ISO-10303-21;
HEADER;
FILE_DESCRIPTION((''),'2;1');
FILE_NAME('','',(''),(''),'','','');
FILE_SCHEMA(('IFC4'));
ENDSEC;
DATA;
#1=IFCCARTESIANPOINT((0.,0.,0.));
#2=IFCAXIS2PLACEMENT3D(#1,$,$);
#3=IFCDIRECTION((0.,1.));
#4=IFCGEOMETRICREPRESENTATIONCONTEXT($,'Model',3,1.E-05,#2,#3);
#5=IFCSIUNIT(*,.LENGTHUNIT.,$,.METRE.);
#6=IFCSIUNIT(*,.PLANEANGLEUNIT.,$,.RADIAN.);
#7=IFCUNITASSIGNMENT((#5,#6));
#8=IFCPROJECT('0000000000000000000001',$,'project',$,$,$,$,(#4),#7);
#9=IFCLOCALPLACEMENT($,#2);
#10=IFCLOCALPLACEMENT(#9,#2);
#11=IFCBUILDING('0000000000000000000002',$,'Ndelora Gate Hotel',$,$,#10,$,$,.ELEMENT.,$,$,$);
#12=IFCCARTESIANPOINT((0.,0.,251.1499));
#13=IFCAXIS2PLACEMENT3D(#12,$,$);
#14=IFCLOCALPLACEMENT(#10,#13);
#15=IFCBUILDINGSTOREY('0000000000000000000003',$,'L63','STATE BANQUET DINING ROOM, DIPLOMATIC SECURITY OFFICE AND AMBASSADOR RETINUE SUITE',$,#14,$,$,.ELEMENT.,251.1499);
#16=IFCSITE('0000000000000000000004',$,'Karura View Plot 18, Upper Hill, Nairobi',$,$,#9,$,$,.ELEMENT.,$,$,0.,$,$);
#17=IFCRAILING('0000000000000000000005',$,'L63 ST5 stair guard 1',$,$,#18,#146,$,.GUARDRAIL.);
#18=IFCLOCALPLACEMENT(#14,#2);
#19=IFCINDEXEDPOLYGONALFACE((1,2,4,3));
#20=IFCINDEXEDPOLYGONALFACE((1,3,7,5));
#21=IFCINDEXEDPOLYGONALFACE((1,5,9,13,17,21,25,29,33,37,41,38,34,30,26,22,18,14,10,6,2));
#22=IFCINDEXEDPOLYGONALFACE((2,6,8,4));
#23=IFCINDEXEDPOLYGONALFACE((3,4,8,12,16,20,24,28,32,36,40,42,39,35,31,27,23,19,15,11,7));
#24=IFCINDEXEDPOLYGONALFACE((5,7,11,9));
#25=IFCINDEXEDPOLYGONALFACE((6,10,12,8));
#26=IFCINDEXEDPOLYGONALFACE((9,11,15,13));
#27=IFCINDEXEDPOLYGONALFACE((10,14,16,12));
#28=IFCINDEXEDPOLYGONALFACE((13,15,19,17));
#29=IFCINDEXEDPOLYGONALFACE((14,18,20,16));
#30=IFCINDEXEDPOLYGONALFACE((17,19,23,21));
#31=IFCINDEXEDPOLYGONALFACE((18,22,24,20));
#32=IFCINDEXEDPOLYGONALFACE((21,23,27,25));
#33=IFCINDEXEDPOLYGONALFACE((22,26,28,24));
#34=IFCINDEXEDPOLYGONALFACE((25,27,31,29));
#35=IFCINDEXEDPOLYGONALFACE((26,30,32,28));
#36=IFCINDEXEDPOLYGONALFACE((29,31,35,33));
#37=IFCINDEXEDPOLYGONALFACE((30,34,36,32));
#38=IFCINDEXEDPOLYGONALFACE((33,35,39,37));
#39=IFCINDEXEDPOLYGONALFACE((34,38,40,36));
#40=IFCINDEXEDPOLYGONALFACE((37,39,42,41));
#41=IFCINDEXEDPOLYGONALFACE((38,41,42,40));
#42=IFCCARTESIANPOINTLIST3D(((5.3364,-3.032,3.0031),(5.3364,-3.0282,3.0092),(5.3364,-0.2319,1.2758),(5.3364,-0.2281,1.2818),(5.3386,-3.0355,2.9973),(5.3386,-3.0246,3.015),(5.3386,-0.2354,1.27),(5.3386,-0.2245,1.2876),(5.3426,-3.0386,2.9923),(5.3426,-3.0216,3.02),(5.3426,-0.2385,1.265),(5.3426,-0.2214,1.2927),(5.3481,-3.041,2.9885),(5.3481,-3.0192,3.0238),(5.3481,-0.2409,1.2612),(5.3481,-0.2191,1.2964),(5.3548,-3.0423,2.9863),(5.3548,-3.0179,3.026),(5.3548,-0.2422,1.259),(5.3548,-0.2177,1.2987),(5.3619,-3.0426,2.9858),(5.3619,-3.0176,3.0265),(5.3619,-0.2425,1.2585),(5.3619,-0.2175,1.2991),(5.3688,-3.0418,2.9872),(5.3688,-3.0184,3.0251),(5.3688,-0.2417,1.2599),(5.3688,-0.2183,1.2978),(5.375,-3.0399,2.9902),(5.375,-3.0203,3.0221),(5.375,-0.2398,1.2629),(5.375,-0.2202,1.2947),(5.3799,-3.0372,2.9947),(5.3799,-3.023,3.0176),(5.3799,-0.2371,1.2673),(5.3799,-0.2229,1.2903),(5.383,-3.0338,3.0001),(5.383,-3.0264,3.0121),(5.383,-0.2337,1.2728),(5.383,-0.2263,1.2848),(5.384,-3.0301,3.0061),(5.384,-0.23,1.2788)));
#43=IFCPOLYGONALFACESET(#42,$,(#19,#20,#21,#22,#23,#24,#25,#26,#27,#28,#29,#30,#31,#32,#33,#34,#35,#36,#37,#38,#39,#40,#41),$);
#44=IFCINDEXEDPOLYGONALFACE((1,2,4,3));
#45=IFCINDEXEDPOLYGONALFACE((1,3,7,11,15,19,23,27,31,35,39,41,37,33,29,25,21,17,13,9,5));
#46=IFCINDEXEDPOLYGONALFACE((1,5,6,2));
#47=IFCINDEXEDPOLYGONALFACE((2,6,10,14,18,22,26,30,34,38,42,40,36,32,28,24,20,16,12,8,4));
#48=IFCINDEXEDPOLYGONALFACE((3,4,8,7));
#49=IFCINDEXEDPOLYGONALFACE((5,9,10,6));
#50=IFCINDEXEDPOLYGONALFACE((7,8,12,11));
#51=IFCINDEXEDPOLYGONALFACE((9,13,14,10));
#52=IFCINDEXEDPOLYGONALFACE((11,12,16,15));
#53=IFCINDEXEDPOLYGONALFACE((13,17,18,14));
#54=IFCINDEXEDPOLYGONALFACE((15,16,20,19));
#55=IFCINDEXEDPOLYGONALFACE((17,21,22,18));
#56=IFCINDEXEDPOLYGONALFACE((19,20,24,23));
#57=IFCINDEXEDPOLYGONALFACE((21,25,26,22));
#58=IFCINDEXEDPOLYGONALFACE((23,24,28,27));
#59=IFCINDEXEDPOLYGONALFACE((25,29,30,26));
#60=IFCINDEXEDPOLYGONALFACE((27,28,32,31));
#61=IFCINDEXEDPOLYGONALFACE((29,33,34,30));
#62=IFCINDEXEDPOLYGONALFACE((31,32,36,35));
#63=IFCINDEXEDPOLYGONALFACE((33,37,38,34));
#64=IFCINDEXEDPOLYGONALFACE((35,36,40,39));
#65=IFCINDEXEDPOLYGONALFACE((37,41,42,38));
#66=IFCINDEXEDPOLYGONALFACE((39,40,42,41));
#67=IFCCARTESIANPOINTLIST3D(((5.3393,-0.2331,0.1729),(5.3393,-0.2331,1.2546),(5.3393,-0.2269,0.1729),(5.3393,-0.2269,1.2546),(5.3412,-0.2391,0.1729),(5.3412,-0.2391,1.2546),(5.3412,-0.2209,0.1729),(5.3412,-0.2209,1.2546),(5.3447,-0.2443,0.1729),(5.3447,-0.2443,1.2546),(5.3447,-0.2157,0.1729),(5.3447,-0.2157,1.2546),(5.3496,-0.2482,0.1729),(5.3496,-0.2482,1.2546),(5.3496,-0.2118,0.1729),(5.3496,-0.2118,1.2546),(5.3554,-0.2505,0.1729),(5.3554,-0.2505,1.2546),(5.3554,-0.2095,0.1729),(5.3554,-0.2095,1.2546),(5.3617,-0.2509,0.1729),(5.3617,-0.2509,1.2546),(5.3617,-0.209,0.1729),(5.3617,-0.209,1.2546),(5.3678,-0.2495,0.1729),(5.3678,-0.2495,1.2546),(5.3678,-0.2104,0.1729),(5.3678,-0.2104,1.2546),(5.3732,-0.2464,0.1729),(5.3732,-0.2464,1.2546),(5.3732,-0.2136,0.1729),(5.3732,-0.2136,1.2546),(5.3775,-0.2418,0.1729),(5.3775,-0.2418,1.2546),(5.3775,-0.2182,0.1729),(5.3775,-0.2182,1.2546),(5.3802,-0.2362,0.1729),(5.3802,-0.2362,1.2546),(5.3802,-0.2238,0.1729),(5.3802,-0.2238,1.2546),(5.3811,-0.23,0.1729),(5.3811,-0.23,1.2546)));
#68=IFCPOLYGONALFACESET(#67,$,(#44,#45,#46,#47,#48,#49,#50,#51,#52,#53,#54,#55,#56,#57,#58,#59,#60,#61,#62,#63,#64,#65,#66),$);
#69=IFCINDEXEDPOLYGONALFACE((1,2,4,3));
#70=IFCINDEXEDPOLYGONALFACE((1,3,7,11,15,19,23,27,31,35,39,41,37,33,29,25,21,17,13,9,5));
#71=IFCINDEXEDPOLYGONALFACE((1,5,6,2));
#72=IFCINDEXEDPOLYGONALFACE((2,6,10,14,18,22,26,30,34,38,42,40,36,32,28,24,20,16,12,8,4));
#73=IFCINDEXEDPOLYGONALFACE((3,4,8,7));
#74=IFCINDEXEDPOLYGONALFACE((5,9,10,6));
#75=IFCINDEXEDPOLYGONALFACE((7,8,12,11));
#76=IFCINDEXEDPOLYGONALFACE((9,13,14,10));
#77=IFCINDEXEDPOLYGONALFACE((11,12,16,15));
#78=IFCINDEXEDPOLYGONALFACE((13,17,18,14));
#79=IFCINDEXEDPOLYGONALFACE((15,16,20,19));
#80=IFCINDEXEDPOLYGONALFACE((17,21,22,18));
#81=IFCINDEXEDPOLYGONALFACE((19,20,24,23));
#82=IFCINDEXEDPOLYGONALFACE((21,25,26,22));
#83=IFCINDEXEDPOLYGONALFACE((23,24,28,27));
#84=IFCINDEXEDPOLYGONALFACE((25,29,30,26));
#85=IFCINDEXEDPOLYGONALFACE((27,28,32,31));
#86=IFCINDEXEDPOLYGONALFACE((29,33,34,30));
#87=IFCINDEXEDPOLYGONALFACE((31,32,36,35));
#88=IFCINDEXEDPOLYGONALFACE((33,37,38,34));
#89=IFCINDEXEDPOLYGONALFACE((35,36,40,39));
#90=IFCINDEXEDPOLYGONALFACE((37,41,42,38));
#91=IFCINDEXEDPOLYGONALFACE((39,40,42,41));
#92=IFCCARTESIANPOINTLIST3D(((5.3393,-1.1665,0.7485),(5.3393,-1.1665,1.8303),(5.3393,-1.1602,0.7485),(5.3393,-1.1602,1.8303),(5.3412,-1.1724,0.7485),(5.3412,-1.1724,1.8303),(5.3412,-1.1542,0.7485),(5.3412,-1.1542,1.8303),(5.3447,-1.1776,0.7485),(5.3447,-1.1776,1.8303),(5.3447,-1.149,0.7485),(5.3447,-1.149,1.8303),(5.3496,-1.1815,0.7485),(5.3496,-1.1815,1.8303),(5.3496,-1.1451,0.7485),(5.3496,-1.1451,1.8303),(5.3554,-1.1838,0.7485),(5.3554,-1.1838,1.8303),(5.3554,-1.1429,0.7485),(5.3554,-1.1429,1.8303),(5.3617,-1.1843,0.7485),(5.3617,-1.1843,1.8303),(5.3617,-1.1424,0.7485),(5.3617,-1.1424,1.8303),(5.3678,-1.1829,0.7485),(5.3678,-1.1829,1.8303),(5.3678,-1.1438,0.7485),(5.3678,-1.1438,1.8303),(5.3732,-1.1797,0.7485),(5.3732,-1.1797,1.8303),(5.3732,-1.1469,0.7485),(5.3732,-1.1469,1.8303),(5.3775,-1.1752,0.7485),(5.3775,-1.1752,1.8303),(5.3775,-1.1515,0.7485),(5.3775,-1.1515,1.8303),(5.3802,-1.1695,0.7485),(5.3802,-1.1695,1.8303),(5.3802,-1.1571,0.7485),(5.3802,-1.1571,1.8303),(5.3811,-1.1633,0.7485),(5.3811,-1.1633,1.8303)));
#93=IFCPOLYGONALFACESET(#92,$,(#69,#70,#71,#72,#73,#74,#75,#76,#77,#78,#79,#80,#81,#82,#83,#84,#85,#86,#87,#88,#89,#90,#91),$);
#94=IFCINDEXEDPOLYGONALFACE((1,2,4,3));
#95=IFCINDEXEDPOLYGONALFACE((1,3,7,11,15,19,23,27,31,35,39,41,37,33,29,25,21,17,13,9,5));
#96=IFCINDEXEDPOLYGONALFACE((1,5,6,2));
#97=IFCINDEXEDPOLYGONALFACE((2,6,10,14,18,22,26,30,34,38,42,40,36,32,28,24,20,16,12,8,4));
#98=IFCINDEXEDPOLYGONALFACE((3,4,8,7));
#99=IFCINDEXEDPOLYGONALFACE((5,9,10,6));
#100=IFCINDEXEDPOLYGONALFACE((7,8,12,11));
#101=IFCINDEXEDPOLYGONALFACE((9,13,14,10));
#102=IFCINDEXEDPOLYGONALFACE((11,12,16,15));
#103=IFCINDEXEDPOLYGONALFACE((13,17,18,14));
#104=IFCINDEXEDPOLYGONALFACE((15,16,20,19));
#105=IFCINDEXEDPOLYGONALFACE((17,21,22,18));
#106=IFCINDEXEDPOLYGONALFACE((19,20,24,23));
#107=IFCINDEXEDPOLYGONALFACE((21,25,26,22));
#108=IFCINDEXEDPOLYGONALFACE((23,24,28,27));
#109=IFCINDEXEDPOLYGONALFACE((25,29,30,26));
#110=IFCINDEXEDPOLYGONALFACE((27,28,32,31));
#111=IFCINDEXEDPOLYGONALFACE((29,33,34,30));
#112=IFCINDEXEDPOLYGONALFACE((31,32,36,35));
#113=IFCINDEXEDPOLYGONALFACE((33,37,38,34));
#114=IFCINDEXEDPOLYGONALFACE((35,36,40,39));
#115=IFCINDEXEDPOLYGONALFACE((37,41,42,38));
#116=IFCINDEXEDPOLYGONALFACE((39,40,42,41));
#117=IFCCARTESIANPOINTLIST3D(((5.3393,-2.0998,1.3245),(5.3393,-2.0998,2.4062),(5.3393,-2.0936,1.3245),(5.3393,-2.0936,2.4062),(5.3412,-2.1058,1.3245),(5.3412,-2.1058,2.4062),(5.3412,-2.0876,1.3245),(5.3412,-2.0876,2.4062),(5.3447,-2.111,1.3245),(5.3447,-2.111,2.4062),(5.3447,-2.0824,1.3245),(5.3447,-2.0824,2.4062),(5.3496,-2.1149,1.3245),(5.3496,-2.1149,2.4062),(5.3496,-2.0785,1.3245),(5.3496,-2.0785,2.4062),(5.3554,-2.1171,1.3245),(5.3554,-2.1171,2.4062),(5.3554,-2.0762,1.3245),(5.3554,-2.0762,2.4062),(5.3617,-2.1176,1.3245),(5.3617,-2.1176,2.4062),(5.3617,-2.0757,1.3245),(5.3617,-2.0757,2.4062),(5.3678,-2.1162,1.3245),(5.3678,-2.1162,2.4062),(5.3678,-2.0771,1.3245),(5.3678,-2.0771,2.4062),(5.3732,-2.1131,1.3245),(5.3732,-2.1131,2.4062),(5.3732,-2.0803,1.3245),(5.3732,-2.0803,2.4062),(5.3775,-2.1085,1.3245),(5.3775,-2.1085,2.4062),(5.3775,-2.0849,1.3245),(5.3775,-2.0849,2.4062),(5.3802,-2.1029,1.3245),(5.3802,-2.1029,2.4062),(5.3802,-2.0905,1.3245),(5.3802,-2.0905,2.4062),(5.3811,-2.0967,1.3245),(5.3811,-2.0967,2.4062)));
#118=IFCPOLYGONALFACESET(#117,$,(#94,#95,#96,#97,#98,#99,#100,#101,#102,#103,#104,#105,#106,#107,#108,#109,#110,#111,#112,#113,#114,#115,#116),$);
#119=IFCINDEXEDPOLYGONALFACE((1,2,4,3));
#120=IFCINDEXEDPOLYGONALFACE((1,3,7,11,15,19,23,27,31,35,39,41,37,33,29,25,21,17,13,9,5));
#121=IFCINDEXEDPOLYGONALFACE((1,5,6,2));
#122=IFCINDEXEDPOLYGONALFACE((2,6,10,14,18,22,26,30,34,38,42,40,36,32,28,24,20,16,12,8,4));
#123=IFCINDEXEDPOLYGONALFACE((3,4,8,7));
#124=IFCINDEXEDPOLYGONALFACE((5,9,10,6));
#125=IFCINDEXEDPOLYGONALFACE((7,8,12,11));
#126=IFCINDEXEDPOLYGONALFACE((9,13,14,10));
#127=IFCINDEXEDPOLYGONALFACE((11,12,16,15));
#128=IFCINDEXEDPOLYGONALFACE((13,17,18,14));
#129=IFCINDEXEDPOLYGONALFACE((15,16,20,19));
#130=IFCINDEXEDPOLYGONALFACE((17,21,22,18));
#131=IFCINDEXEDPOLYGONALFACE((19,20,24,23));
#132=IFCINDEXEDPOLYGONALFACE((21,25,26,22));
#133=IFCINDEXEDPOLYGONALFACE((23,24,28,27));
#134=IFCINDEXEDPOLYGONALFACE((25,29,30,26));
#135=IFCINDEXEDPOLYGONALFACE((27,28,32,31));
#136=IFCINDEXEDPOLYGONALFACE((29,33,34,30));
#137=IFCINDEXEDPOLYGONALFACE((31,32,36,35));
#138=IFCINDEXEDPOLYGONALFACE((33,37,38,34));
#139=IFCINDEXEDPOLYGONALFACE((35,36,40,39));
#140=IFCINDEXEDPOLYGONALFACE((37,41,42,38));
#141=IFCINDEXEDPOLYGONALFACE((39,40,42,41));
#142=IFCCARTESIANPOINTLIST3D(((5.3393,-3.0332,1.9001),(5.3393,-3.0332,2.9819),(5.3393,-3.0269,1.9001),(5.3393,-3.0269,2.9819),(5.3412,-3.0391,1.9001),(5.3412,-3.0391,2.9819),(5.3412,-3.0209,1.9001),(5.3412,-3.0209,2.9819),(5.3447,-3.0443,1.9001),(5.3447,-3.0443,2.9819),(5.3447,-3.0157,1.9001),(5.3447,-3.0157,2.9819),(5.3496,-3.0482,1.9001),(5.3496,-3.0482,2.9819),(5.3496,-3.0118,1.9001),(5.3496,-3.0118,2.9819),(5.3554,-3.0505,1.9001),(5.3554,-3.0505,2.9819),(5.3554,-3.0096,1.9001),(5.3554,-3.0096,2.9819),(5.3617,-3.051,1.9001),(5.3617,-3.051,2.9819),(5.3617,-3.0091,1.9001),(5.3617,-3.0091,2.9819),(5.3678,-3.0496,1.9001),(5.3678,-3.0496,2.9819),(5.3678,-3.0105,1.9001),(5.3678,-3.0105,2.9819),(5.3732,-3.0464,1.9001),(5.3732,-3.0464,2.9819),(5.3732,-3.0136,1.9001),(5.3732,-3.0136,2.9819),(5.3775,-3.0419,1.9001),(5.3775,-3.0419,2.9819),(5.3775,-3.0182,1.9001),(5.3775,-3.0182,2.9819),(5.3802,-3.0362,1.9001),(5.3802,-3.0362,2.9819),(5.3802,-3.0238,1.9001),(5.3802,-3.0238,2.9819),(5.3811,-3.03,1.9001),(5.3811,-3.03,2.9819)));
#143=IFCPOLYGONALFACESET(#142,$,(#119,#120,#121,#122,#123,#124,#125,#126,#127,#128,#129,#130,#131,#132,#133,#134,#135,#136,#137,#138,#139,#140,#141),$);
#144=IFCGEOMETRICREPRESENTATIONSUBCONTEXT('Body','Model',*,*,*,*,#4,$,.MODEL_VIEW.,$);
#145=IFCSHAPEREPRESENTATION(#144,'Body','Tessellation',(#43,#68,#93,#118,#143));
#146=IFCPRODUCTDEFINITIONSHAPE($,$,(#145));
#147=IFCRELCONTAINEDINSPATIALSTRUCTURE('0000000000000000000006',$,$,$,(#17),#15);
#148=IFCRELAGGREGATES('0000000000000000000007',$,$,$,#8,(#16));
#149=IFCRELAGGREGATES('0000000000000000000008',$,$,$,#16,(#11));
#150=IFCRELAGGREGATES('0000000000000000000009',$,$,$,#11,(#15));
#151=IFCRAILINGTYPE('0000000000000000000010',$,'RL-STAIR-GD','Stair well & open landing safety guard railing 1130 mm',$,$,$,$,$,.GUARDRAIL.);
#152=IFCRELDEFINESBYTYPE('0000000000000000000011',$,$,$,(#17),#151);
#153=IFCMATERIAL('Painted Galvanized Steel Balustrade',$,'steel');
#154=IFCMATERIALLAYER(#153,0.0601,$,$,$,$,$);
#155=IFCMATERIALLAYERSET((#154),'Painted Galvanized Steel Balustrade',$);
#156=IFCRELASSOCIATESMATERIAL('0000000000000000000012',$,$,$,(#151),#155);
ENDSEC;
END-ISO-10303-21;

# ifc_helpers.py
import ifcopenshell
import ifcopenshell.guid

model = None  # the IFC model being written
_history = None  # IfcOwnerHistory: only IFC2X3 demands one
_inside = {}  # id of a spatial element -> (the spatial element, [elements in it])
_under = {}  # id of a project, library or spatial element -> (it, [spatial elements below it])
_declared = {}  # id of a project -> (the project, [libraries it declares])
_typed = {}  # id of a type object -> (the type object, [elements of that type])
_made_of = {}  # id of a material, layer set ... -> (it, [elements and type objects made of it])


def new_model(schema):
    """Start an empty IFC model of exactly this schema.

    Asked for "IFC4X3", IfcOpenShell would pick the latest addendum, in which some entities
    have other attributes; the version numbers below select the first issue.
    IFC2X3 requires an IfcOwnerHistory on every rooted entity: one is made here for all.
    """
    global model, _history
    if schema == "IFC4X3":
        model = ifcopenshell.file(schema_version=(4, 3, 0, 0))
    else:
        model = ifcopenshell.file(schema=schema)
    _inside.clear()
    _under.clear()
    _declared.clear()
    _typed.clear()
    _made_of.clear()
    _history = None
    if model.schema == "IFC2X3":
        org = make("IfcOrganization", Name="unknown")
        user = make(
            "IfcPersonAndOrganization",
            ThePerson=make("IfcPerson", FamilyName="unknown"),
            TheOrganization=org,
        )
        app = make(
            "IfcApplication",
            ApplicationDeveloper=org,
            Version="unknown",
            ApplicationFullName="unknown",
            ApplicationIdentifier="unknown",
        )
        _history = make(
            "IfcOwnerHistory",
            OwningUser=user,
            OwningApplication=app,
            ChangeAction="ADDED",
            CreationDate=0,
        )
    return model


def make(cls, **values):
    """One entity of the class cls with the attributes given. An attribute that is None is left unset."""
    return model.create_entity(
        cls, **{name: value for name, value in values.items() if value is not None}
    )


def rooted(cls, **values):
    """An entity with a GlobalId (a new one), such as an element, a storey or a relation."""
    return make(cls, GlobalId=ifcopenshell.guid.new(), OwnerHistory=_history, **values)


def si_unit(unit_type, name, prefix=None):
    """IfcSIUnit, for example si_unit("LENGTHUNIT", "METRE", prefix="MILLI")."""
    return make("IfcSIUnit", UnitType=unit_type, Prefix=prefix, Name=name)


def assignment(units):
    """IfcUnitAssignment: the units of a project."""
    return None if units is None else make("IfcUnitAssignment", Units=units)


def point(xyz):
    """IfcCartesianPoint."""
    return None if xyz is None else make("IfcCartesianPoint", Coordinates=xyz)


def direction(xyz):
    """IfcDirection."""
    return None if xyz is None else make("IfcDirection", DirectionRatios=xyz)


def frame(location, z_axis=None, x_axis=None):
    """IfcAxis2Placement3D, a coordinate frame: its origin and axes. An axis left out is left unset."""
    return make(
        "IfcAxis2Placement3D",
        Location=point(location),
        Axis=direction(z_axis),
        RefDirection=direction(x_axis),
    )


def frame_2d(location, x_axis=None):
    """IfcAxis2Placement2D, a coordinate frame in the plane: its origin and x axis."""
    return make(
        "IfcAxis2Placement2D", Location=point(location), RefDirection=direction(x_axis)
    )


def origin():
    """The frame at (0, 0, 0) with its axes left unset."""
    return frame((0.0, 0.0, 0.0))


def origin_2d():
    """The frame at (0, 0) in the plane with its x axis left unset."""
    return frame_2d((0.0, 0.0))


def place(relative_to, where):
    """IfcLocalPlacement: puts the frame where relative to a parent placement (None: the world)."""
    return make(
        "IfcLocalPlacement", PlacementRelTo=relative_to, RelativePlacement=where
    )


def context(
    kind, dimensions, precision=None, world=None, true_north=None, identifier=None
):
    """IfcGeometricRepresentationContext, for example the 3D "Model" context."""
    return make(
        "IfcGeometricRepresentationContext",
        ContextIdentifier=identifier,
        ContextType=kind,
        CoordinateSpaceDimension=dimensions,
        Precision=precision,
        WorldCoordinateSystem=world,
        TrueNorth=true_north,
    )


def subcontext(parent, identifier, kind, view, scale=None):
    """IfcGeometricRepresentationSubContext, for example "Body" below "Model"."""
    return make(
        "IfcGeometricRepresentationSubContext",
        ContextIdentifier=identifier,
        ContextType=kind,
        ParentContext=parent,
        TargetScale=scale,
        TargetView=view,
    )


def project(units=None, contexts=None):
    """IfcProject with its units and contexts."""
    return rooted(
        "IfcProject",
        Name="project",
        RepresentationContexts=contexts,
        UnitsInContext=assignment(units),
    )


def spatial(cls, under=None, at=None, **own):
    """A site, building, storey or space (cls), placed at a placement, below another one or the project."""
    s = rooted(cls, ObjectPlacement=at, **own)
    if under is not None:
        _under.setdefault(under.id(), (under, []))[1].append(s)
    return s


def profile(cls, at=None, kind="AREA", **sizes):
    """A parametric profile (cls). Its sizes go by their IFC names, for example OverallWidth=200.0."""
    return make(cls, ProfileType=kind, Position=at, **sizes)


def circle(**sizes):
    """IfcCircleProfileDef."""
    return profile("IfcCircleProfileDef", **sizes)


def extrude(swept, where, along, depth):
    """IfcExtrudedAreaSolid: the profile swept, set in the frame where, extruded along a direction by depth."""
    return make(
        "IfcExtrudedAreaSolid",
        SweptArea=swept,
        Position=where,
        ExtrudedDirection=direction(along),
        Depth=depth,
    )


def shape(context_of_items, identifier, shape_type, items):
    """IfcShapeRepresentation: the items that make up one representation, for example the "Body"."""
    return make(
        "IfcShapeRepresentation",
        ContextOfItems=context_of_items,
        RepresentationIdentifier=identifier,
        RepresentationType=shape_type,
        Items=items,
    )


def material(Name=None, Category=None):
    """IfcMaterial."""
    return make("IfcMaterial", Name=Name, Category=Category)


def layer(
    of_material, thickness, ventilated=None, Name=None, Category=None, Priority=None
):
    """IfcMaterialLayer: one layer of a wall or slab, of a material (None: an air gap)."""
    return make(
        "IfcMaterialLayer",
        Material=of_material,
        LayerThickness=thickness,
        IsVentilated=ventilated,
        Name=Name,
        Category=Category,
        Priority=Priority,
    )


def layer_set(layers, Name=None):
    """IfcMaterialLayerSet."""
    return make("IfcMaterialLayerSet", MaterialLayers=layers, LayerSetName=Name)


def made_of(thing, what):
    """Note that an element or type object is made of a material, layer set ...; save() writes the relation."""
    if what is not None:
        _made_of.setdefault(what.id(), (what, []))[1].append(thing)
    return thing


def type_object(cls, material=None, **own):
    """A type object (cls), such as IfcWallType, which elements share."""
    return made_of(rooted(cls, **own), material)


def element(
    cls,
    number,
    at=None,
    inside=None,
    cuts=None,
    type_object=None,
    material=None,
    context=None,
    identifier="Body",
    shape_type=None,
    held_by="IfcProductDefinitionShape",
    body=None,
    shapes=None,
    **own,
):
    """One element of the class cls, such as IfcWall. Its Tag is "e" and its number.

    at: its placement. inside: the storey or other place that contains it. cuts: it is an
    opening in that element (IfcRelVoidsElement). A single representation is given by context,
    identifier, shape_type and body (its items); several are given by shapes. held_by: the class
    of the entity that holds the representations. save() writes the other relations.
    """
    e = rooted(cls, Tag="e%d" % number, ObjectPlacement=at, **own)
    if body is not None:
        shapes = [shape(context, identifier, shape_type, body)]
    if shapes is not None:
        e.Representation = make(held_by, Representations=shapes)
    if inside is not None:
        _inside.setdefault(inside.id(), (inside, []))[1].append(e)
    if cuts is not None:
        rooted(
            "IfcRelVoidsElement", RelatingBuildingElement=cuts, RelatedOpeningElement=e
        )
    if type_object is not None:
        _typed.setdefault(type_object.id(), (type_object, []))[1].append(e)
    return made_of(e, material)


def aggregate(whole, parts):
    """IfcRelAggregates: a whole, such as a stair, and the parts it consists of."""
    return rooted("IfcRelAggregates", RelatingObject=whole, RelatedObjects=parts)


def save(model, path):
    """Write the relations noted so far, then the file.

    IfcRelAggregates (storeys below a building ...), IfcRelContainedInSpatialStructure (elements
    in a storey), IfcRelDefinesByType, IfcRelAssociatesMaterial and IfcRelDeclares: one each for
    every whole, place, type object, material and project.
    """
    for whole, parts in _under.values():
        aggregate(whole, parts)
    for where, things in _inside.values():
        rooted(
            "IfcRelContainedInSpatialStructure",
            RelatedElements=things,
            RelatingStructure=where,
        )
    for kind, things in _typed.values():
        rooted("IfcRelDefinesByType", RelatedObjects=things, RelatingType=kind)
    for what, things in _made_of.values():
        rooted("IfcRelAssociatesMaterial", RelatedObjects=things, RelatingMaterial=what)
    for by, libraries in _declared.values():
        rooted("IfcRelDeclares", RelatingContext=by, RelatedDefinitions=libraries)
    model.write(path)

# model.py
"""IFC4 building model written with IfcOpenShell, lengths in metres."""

from ifc_helpers import new_model, si_unit, direction, frame, origin, origin_2d, place, context, subcontext, project, spatial, circle, extrude, material, layer, layer_set, type_object, element, save


model = new_model("IFC4")

# Units and contexts
model_context = context("Model", 3, precision=1e-05, world=origin(), true_north=direction((0.0, 1.0)))
body_context = subcontext(model_context, "Body", "Model", "MODEL_VIEW")
ifc_project = project(units=[si_unit("LENGTHUNIT", "METRE"), si_unit("PLANEANGLEUNIT", "RADIAN")], contexts=[model_context])

# Site, building, storey
site_placement = place(None, origin())
site = spatial("IfcSite", under=ifc_project, at=site_placement, Name="Karura View Plot 18, Upper Hill, Nairobi", CompositionType="ELEMENT", RefElevation=0.0)
building_placement = place(site_placement, origin())
building = spatial("IfcBuilding", under=site, at=building_placement, Name="Ndelora Gate Hotel", CompositionType="ELEMENT")
storey_placement = place(building_placement, frame((0.0, 0.0, 251.1499)))
storey = spatial("IfcBuildingStorey", under=building, at=storey_placement, Name="L63", Description="STATE BANQUET DINING ROOM, DIPLOMATIC SECURITY OFFICE AND AMBASSADOR RETINUE SUITE", CompositionType="ELEMENT", Elevation=251.1499)

# Railing
ifc_material_1 = material(Name="Painted Galvanized Steel Balustrade", Category="steel")
ifc_layer_1 = layer(ifc_material_1, 0.0601)
ifc_layer_set_1 = layer_set([ifc_layer_1], Name="Painted Galvanized Steel Balustrade")
railing_type_1 = type_object("IfcRailingType", Name="RL-STAIR-GD", Description="Stair well & open landing safety guard railing 1130 mm", PredefinedType="GUARDRAIL", material=ifc_layer_set_1)
railing_1_placement = place(storey_placement, frame((5.3601, -0.23, 0.1729)))
element("IfcRailing", 1, at=railing_1_placement, inside=storey, type_object=railing_type_1, Name="L63 ST5 stair guard 1", PredefinedType="GUARDRAIL", context=body_context, shape_type="SweptSolid", body=[
    extrude(circle(Radius=0.0239, at=origin_2d()), frame((0.0, 0.0, 1.106), z_axis=(0.0, -0.85109, 0.52502), x_axis=(1.0, 0.0, 0.0)), (0.0, 0.0, 1.0), 3.29),
    extrude(circle(Radius=0.021, at=origin_2d()), origin(), (0.0, 0.0, 1.0), 1.0818),
    extrude(circle(Radius=0.021, at=origin_2d()), frame((0.0, -0.9333, 0.5757)), (0.0, 0.0, 1.0), 1.0818),
    extrude(circle(Radius=0.021, at=origin_2d()), frame((0.0, -1.8667, 1.1516)), (0.0, 0.0, 1.0), 1.0818),
    extrude(circle(Radius=0.021, at=origin_2d()), frame((0.0, -2.8, 1.7273)), (0.0, 0.0, 1.0), 1.0818),
])

save(model, "model.ifc")
